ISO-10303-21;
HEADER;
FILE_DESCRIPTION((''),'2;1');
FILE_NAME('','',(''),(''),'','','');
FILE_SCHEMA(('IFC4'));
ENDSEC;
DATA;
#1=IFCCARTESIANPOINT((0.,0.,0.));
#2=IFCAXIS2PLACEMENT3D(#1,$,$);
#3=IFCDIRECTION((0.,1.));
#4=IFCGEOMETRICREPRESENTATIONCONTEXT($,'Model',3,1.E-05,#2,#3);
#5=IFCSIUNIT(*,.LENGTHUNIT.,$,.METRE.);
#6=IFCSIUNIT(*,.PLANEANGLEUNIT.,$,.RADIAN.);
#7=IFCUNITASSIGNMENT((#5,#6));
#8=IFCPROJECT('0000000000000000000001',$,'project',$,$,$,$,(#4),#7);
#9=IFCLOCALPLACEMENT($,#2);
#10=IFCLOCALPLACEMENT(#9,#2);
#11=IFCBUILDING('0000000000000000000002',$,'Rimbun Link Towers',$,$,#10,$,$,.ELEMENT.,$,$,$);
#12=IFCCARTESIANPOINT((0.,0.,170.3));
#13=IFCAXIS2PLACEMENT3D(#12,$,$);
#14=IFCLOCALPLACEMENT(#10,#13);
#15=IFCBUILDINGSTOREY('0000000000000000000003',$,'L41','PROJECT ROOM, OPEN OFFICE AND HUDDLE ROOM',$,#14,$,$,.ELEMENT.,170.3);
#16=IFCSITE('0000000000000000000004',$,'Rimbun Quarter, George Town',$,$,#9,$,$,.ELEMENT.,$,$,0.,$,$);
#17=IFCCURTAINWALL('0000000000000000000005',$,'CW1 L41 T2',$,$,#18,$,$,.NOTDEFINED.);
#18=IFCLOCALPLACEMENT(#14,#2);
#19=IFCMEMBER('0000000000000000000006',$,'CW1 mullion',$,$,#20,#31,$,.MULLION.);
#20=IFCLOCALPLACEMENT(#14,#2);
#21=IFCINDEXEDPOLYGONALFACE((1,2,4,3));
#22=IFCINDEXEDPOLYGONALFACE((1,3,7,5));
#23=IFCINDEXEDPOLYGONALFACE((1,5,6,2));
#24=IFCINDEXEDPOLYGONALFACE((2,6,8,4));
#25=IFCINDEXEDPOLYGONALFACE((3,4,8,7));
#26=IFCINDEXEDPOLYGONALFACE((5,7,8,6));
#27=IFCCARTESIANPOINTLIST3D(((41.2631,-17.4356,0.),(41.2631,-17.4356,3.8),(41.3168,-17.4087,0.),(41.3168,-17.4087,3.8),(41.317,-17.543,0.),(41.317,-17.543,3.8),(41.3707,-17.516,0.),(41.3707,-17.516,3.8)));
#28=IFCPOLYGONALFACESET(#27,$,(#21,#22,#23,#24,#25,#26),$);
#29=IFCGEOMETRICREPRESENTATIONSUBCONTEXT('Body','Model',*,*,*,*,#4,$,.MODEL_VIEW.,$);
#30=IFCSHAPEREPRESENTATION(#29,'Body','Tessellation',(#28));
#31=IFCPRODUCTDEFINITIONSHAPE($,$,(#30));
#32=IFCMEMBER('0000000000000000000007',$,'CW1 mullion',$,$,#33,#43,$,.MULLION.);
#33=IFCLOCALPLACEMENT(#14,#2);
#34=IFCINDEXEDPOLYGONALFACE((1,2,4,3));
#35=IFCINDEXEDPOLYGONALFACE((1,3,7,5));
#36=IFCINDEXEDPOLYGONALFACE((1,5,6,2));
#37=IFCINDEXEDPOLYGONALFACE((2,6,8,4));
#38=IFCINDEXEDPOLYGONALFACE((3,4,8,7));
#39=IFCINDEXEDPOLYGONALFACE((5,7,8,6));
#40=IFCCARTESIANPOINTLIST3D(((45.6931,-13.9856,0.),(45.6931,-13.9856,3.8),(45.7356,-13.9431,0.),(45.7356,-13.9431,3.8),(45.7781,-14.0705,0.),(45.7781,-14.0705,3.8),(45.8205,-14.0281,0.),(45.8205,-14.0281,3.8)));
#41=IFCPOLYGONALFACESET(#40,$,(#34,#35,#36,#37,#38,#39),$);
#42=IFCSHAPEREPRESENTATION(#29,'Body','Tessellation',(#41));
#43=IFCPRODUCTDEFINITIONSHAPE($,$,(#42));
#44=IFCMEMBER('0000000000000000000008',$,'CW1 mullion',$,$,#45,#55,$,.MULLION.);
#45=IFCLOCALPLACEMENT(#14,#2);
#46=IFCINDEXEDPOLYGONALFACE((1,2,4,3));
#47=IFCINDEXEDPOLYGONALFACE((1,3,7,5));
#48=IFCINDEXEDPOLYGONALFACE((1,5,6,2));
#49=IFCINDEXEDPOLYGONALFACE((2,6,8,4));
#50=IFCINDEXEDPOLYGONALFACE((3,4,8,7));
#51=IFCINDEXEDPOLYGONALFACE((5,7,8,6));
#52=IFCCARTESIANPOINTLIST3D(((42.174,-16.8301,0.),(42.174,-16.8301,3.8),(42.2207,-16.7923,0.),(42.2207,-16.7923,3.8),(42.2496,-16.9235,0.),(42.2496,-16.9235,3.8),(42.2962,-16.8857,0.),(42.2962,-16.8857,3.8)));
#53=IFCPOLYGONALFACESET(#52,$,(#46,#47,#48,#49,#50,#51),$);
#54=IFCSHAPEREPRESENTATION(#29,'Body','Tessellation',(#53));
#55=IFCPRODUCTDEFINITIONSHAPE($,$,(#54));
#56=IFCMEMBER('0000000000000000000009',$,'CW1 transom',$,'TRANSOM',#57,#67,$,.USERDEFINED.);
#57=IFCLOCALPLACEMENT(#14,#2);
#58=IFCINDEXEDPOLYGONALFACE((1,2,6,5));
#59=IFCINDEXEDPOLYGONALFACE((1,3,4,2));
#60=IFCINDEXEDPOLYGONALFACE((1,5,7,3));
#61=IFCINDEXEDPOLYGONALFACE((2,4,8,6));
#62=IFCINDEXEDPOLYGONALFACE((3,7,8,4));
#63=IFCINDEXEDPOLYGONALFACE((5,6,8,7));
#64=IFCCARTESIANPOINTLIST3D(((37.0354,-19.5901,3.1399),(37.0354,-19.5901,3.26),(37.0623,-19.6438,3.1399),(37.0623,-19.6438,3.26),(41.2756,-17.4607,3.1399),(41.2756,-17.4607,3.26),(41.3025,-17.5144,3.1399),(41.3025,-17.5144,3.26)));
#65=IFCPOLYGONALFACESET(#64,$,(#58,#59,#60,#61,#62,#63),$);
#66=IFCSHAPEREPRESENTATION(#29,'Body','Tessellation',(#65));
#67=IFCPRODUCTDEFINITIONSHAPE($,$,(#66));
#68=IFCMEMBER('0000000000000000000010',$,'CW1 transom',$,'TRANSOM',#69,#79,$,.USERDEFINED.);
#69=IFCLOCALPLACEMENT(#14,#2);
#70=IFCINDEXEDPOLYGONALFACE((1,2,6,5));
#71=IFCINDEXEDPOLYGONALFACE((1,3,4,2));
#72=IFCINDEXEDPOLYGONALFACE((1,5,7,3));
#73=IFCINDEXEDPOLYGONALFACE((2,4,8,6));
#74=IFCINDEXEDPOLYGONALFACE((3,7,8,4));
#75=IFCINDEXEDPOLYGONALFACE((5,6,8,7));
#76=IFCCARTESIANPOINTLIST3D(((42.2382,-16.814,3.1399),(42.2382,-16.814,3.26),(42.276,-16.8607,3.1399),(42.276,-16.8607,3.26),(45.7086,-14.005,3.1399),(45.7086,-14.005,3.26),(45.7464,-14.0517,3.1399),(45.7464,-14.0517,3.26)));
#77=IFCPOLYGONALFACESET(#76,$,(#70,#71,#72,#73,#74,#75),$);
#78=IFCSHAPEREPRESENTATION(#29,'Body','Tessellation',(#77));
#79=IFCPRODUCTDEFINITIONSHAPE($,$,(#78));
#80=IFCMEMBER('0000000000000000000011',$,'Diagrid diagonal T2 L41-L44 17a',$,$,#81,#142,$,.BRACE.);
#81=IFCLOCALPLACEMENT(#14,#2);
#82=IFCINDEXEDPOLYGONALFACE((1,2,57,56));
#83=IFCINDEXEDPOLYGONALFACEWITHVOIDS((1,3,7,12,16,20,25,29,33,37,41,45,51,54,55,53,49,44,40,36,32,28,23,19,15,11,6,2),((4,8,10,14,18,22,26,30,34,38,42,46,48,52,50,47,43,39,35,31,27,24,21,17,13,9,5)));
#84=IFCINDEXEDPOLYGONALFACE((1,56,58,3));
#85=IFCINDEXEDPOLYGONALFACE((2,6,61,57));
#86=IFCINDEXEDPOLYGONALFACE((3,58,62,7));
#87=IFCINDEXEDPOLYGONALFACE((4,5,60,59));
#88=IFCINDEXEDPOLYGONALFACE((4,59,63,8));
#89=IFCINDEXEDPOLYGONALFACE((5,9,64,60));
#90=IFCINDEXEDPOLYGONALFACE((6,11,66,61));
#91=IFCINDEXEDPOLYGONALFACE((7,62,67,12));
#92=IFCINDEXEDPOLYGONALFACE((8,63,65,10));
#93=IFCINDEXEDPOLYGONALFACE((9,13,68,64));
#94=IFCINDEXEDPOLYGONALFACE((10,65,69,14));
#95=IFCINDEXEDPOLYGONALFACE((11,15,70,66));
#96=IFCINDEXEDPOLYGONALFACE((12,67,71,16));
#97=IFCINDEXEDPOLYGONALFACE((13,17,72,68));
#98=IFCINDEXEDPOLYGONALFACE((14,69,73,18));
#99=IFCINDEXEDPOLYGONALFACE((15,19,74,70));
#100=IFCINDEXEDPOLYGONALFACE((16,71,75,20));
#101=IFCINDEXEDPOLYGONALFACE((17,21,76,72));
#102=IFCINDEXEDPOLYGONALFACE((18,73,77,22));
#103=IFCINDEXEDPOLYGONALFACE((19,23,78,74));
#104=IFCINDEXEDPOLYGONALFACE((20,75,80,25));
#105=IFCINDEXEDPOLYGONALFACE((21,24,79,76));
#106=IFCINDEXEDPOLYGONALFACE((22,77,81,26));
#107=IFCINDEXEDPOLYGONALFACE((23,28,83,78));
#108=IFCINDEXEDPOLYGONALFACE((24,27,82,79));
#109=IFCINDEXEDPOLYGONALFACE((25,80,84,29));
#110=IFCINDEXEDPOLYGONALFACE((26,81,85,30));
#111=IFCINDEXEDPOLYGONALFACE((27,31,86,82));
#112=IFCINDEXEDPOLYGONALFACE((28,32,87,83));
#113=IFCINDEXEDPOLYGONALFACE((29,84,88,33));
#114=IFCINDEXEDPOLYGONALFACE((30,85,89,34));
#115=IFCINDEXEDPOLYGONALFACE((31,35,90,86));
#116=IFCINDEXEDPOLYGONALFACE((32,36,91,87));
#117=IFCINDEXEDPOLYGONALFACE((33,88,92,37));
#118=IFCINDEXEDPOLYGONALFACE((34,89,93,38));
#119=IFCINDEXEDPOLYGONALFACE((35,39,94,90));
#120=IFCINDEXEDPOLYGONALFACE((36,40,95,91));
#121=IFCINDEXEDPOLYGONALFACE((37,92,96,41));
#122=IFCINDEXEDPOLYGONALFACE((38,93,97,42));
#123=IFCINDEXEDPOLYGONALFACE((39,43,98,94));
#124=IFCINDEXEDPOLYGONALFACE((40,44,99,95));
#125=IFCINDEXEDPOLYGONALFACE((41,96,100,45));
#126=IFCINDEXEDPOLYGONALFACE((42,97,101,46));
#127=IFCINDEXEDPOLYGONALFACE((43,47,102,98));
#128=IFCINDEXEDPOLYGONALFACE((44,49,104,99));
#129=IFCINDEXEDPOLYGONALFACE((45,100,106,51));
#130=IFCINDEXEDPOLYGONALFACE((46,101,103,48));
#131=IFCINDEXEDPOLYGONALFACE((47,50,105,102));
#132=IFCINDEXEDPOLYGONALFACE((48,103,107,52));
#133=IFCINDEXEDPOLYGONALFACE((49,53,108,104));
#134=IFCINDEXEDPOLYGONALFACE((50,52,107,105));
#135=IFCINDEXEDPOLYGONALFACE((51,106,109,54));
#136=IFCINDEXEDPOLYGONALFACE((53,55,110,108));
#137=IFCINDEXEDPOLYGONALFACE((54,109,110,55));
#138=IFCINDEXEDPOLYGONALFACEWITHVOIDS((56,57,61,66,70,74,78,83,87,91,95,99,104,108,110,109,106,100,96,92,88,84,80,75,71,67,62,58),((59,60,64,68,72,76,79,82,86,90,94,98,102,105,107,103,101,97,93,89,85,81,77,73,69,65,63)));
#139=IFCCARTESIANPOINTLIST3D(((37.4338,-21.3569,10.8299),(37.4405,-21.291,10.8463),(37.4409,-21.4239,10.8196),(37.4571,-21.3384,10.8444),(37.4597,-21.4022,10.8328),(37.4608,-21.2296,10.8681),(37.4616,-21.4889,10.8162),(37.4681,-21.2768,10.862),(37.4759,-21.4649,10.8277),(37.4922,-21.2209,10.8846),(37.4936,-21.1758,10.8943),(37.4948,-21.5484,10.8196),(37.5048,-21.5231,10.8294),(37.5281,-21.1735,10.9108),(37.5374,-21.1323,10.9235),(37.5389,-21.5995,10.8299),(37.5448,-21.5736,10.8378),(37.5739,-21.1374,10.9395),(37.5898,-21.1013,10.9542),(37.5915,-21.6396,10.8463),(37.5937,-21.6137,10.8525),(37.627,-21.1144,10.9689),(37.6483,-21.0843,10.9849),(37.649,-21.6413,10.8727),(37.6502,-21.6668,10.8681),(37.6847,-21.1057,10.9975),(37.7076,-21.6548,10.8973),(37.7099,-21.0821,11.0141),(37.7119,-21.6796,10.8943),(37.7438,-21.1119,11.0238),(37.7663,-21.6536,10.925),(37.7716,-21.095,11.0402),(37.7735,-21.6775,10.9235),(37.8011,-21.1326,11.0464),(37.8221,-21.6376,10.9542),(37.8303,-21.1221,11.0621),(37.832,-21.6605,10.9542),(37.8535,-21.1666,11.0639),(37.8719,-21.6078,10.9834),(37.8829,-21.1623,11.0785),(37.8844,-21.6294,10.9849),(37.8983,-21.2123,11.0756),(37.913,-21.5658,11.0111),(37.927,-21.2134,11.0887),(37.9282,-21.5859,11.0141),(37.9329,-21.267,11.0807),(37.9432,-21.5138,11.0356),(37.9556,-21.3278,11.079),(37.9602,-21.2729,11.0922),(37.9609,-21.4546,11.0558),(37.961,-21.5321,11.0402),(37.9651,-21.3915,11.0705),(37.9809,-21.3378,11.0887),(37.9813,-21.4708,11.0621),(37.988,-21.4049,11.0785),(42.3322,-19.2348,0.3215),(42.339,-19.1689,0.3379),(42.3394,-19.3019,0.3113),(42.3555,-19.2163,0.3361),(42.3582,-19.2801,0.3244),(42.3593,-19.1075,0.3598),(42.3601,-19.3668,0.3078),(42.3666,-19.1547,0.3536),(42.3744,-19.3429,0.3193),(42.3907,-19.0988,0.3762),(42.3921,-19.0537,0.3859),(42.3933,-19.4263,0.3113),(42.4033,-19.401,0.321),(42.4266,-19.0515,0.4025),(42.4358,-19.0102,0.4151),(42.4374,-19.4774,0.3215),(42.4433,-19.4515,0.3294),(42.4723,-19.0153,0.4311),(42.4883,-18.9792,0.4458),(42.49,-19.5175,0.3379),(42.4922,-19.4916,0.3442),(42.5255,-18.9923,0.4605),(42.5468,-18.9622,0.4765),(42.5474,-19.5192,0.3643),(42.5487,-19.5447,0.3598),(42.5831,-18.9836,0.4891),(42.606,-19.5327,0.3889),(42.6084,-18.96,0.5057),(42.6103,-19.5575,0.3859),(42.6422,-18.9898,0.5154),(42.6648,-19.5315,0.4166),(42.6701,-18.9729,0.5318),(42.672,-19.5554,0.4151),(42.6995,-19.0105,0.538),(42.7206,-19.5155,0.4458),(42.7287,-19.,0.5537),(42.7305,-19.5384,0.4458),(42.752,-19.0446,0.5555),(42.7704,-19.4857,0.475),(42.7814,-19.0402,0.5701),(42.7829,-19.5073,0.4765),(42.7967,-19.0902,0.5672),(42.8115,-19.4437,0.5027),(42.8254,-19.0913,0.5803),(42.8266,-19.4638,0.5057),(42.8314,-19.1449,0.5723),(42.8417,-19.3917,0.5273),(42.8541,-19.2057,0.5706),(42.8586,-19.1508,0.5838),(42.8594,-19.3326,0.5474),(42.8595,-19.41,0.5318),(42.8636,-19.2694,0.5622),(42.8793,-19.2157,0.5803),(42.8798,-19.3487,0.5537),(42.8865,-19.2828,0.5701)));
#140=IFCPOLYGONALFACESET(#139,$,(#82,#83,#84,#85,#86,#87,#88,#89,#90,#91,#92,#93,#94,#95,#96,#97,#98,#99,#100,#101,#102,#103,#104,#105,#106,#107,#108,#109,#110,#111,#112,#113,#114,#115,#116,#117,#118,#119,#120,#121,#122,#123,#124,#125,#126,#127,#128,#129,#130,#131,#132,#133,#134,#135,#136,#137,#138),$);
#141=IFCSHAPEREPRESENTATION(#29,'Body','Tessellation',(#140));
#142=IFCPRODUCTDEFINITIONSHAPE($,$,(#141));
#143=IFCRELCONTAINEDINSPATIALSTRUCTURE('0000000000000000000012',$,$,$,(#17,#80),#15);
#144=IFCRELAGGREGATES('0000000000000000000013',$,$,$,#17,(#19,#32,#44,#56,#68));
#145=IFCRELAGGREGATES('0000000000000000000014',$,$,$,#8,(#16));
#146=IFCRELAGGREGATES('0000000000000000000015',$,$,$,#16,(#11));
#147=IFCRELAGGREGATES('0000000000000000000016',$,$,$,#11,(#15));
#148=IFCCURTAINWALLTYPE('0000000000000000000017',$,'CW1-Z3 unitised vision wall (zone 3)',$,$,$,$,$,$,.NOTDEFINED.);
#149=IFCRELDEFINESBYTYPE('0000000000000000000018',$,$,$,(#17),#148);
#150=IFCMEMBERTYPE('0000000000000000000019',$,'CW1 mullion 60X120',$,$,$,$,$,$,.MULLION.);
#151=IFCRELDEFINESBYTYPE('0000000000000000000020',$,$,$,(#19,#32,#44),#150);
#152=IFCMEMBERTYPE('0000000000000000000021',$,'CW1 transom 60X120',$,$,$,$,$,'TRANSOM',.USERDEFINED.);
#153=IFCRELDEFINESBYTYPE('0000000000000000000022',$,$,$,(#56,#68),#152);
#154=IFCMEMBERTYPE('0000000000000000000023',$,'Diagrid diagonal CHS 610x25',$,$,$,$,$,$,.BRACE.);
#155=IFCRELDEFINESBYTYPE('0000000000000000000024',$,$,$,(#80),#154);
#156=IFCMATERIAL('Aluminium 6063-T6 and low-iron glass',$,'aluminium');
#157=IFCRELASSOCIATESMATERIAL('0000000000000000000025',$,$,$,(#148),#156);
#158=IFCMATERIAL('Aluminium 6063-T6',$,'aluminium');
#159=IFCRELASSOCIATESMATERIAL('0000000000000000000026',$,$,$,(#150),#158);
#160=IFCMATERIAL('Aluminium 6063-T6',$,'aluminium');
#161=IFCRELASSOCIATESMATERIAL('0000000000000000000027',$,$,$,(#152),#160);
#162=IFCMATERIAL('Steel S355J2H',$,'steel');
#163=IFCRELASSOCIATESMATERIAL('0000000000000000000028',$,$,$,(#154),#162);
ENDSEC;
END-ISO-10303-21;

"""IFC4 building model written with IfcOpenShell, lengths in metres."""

from ifc_helpers import new_model, si_unit, direction, frame, origin, origin_2d, place, context, subcontext, project, spatial, rectangle, hollow_circle, extrude, material, material_profile, profile_set, type_object, element, aggregate, save


model = new_model("IFC4")

# Units and contexts
model_context = context("Model", 3, precision=1e-05, world=origin(), true_north=direction((0.0, 1.0)))
body_context = subcontext(model_context, "Body", "Model", "MODEL_VIEW")
ifc_project = project(units=[si_unit("LENGTHUNIT", "METRE"), si_unit("PLANEANGLEUNIT", "RADIAN")], contexts=[model_context])

# Site, building, storey
site_placement = place(None, origin())
site = spatial("IfcSite", under=ifc_project, at=site_placement, Name="Rimbun Quarter, George Town", CompositionType="ELEMENT", RefElevation=0.0)
building_placement = place(site_placement, origin())
building = spatial("IfcBuilding", under=site, at=building_placement, Name="Rimbun Link Towers", CompositionType="ELEMENT")
storey_placement = place(building_placement, frame((0.0, 0.0, 170.3)))
storey = spatial("IfcBuildingStorey", under=building, at=storey_placement, Name="L41", Description="PROJECT ROOM, OPEN OFFICE AND HUDDLE ROOM", CompositionType="ELEMENT", Elevation=170.3)

# Curtain wall, members
ifc_material_1 = material(Name="Aluminium 6063-T6 and low-iron glass", Category="aluminium")
curtain_wall_type = type_object("IfcCurtainWallType", Name="CW1-Z3 unitised vision wall (zone 3)", PredefinedType="NOTDEFINED", material=ifc_material_1)
curtain_wall_placement = place(storey_placement, origin())
curtain_wall = element("IfcCurtainWall", 1, at=curtain_wall_placement, inside=storey, type_object=curtain_wall_type, Name="CW1 L41 T2", PredefinedType="NOTDEFINED")
ifc_material_2 = material(Name="Aluminium 6063-T6", Category="aluminium")
ifc_material_profile_1 = material_profile(ifc_material_2, rectangle(XDim=0.1201, YDim=0.0601, at=origin_2d()), Name="MULLION 60X120")
ifc_profile_set_1 = profile_set([ifc_material_profile_1], Name="Aluminium 6063-T6")
member_type_1 = type_object("IfcMemberType", Name="CW1 mullion 60X120", PredefinedType="MULLION", material=ifc_profile_set_1)
member_1_placement = place(storey_placement, frame((41.3169, -17.4758, 0.0), z_axis=(0.0, 0.0, 1.0), x_axis=(0.448773, -0.893646, 0.0)))
member_1 = element("IfcMember", 2, at=member_1_placement, type_object=member_type_1, Name="CW1 mullion", PredefinedType="MULLION", context=body_context, shape_type="SweptSolid", body=[
    extrude(rectangle(XDim=0.1201, YDim=0.0601, at=origin_2d()), origin(), (0.0, 0.0, 1.0), 3.8),
])
member_2_placement = place(storey_placement, frame((45.7568, -14.0068, 0.0), z_axis=(0.0, 0.0, 1.0), x_axis=(0.707107, -0.707107, 0.0)))
member_2 = element("IfcMember", 3, at=member_2_placement, type_object=member_type_1, Name="CW1 mullion", PredefinedType="MULLION", context=body_context, shape_type="SweptSolid", body=[
    extrude(rectangle(XDim=0.1201, YDim=0.0601, at=origin_2d()), origin(), (0.0, 0.0, 1.0), 3.8),
])
member_3_placement = place(storey_placement, frame((42.2351, -16.8579, 0.0), z_axis=(0.0, 0.0, 1.0), x_axis=(0.629158, -0.777278, 0.0)))
member_3 = element("IfcMember", 4, at=member_3_placement, type_object=member_type_1, Name="CW1 mullion", PredefinedType="MULLION", context=body_context, shape_type="SweptSolid", body=[
    extrude(rectangle(XDim=0.1201, YDim=0.0601, at=origin_2d()), origin(), (0.0, 0.0, 1.0), 3.8),
])
ifc_material_3 = material(Name="Aluminium 6063-T6", Category="aluminium")
ifc_material_profile_2 = material_profile(ifc_material_3, rectangle(XDim=0.0601, YDim=0.1201, at=origin_2d()), Name="TRANSOM 60X120")
ifc_profile_set_2 = profile_set([ifc_material_profile_2], Name="Aluminium 6063-T6")
member_type_2 = type_object("IfcMemberType", Name="CW1 transom 60X120", ElementType="TRANSOM", PredefinedType="USERDEFINED", material=ifc_profile_set_2)
member_4_placement = place(storey_placement, frame((41.2891, -17.4875, 3.2), z_axis=(-0.893644, -0.448777, 0.0), x_axis=(0.448777, -0.893644, 0.0)))
member_4 = element("IfcMember", 5, at=member_4_placement, type_object=member_type_2, Name="CW1 transom", ObjectType="TRANSOM", PredefinedType="USERDEFINED", context=body_context, shape_type="SweptSolid", body=[
    extrude(rectangle(XDim=0.0601, YDim=0.1201, at=origin_2d()), origin(), (0.0, 0.0, 1.0), 4.7449),
])
member_5_placement = place(storey_placement, frame((45.7275, -14.0283, 3.2), z_axis=(-0.777282, -0.629153, 0.0), x_axis=(0.629153, -0.777282, 0.0)))
member_5 = element("IfcMember", 6, at=member_5_placement, type_object=member_type_2, Name="CW1 transom", ObjectType="TRANSOM", PredefinedType="USERDEFINED", context=body_context, shape_type="SweptSolid", body=[
    extrude(rectangle(XDim=0.0601, YDim=0.1201, at=origin_2d()), origin(), (0.0, 0.0, 1.0), 4.4648),
])

# Member
ifc_material_4 = material(Name="Steel S355J2H", Category="steel")
ifc_material_profile_3 = material_profile(ifc_material_4, hollow_circle(Radius=0.3047, WallThickness=0.0249, at=origin_2d()), Name="Diagrid diagonal CHS 610x25")
ifc_profile_set_3 = profile_set([ifc_material_profile_3], Name="Steel S355J2H")
member_type_3 = type_object("IfcMemberType", Name="Diagrid diagonal CHS 610x25", PredefinedType="BRACE", material=ifc_profile_set_3)
member_6_placement = place(storey_placement, frame((42.6094, -19.2588, 0.4458), z_axis=(-0.415596, -0.180042, 0.891552), x_axis=(0.397515, -0.917596, 0.0)))
element("IfcMember", 7, at=member_6_placement, inside=storey, type_object=member_type_3, Name="Diagrid diagonal T2 L41-L44 17a", PredefinedType="BRACE", context=body_context, shape_type="SweptSolid", body=[
    extrude(hollow_circle(Radius=0.3047, WallThickness=0.0249, at=origin_2d()), origin(), (0.0, 0.0, 1.0), 11.7866),
])

aggregate(curtain_wall, [member_1, member_2, member_3, member_4, member_5])

save(model, "model.ifc")
